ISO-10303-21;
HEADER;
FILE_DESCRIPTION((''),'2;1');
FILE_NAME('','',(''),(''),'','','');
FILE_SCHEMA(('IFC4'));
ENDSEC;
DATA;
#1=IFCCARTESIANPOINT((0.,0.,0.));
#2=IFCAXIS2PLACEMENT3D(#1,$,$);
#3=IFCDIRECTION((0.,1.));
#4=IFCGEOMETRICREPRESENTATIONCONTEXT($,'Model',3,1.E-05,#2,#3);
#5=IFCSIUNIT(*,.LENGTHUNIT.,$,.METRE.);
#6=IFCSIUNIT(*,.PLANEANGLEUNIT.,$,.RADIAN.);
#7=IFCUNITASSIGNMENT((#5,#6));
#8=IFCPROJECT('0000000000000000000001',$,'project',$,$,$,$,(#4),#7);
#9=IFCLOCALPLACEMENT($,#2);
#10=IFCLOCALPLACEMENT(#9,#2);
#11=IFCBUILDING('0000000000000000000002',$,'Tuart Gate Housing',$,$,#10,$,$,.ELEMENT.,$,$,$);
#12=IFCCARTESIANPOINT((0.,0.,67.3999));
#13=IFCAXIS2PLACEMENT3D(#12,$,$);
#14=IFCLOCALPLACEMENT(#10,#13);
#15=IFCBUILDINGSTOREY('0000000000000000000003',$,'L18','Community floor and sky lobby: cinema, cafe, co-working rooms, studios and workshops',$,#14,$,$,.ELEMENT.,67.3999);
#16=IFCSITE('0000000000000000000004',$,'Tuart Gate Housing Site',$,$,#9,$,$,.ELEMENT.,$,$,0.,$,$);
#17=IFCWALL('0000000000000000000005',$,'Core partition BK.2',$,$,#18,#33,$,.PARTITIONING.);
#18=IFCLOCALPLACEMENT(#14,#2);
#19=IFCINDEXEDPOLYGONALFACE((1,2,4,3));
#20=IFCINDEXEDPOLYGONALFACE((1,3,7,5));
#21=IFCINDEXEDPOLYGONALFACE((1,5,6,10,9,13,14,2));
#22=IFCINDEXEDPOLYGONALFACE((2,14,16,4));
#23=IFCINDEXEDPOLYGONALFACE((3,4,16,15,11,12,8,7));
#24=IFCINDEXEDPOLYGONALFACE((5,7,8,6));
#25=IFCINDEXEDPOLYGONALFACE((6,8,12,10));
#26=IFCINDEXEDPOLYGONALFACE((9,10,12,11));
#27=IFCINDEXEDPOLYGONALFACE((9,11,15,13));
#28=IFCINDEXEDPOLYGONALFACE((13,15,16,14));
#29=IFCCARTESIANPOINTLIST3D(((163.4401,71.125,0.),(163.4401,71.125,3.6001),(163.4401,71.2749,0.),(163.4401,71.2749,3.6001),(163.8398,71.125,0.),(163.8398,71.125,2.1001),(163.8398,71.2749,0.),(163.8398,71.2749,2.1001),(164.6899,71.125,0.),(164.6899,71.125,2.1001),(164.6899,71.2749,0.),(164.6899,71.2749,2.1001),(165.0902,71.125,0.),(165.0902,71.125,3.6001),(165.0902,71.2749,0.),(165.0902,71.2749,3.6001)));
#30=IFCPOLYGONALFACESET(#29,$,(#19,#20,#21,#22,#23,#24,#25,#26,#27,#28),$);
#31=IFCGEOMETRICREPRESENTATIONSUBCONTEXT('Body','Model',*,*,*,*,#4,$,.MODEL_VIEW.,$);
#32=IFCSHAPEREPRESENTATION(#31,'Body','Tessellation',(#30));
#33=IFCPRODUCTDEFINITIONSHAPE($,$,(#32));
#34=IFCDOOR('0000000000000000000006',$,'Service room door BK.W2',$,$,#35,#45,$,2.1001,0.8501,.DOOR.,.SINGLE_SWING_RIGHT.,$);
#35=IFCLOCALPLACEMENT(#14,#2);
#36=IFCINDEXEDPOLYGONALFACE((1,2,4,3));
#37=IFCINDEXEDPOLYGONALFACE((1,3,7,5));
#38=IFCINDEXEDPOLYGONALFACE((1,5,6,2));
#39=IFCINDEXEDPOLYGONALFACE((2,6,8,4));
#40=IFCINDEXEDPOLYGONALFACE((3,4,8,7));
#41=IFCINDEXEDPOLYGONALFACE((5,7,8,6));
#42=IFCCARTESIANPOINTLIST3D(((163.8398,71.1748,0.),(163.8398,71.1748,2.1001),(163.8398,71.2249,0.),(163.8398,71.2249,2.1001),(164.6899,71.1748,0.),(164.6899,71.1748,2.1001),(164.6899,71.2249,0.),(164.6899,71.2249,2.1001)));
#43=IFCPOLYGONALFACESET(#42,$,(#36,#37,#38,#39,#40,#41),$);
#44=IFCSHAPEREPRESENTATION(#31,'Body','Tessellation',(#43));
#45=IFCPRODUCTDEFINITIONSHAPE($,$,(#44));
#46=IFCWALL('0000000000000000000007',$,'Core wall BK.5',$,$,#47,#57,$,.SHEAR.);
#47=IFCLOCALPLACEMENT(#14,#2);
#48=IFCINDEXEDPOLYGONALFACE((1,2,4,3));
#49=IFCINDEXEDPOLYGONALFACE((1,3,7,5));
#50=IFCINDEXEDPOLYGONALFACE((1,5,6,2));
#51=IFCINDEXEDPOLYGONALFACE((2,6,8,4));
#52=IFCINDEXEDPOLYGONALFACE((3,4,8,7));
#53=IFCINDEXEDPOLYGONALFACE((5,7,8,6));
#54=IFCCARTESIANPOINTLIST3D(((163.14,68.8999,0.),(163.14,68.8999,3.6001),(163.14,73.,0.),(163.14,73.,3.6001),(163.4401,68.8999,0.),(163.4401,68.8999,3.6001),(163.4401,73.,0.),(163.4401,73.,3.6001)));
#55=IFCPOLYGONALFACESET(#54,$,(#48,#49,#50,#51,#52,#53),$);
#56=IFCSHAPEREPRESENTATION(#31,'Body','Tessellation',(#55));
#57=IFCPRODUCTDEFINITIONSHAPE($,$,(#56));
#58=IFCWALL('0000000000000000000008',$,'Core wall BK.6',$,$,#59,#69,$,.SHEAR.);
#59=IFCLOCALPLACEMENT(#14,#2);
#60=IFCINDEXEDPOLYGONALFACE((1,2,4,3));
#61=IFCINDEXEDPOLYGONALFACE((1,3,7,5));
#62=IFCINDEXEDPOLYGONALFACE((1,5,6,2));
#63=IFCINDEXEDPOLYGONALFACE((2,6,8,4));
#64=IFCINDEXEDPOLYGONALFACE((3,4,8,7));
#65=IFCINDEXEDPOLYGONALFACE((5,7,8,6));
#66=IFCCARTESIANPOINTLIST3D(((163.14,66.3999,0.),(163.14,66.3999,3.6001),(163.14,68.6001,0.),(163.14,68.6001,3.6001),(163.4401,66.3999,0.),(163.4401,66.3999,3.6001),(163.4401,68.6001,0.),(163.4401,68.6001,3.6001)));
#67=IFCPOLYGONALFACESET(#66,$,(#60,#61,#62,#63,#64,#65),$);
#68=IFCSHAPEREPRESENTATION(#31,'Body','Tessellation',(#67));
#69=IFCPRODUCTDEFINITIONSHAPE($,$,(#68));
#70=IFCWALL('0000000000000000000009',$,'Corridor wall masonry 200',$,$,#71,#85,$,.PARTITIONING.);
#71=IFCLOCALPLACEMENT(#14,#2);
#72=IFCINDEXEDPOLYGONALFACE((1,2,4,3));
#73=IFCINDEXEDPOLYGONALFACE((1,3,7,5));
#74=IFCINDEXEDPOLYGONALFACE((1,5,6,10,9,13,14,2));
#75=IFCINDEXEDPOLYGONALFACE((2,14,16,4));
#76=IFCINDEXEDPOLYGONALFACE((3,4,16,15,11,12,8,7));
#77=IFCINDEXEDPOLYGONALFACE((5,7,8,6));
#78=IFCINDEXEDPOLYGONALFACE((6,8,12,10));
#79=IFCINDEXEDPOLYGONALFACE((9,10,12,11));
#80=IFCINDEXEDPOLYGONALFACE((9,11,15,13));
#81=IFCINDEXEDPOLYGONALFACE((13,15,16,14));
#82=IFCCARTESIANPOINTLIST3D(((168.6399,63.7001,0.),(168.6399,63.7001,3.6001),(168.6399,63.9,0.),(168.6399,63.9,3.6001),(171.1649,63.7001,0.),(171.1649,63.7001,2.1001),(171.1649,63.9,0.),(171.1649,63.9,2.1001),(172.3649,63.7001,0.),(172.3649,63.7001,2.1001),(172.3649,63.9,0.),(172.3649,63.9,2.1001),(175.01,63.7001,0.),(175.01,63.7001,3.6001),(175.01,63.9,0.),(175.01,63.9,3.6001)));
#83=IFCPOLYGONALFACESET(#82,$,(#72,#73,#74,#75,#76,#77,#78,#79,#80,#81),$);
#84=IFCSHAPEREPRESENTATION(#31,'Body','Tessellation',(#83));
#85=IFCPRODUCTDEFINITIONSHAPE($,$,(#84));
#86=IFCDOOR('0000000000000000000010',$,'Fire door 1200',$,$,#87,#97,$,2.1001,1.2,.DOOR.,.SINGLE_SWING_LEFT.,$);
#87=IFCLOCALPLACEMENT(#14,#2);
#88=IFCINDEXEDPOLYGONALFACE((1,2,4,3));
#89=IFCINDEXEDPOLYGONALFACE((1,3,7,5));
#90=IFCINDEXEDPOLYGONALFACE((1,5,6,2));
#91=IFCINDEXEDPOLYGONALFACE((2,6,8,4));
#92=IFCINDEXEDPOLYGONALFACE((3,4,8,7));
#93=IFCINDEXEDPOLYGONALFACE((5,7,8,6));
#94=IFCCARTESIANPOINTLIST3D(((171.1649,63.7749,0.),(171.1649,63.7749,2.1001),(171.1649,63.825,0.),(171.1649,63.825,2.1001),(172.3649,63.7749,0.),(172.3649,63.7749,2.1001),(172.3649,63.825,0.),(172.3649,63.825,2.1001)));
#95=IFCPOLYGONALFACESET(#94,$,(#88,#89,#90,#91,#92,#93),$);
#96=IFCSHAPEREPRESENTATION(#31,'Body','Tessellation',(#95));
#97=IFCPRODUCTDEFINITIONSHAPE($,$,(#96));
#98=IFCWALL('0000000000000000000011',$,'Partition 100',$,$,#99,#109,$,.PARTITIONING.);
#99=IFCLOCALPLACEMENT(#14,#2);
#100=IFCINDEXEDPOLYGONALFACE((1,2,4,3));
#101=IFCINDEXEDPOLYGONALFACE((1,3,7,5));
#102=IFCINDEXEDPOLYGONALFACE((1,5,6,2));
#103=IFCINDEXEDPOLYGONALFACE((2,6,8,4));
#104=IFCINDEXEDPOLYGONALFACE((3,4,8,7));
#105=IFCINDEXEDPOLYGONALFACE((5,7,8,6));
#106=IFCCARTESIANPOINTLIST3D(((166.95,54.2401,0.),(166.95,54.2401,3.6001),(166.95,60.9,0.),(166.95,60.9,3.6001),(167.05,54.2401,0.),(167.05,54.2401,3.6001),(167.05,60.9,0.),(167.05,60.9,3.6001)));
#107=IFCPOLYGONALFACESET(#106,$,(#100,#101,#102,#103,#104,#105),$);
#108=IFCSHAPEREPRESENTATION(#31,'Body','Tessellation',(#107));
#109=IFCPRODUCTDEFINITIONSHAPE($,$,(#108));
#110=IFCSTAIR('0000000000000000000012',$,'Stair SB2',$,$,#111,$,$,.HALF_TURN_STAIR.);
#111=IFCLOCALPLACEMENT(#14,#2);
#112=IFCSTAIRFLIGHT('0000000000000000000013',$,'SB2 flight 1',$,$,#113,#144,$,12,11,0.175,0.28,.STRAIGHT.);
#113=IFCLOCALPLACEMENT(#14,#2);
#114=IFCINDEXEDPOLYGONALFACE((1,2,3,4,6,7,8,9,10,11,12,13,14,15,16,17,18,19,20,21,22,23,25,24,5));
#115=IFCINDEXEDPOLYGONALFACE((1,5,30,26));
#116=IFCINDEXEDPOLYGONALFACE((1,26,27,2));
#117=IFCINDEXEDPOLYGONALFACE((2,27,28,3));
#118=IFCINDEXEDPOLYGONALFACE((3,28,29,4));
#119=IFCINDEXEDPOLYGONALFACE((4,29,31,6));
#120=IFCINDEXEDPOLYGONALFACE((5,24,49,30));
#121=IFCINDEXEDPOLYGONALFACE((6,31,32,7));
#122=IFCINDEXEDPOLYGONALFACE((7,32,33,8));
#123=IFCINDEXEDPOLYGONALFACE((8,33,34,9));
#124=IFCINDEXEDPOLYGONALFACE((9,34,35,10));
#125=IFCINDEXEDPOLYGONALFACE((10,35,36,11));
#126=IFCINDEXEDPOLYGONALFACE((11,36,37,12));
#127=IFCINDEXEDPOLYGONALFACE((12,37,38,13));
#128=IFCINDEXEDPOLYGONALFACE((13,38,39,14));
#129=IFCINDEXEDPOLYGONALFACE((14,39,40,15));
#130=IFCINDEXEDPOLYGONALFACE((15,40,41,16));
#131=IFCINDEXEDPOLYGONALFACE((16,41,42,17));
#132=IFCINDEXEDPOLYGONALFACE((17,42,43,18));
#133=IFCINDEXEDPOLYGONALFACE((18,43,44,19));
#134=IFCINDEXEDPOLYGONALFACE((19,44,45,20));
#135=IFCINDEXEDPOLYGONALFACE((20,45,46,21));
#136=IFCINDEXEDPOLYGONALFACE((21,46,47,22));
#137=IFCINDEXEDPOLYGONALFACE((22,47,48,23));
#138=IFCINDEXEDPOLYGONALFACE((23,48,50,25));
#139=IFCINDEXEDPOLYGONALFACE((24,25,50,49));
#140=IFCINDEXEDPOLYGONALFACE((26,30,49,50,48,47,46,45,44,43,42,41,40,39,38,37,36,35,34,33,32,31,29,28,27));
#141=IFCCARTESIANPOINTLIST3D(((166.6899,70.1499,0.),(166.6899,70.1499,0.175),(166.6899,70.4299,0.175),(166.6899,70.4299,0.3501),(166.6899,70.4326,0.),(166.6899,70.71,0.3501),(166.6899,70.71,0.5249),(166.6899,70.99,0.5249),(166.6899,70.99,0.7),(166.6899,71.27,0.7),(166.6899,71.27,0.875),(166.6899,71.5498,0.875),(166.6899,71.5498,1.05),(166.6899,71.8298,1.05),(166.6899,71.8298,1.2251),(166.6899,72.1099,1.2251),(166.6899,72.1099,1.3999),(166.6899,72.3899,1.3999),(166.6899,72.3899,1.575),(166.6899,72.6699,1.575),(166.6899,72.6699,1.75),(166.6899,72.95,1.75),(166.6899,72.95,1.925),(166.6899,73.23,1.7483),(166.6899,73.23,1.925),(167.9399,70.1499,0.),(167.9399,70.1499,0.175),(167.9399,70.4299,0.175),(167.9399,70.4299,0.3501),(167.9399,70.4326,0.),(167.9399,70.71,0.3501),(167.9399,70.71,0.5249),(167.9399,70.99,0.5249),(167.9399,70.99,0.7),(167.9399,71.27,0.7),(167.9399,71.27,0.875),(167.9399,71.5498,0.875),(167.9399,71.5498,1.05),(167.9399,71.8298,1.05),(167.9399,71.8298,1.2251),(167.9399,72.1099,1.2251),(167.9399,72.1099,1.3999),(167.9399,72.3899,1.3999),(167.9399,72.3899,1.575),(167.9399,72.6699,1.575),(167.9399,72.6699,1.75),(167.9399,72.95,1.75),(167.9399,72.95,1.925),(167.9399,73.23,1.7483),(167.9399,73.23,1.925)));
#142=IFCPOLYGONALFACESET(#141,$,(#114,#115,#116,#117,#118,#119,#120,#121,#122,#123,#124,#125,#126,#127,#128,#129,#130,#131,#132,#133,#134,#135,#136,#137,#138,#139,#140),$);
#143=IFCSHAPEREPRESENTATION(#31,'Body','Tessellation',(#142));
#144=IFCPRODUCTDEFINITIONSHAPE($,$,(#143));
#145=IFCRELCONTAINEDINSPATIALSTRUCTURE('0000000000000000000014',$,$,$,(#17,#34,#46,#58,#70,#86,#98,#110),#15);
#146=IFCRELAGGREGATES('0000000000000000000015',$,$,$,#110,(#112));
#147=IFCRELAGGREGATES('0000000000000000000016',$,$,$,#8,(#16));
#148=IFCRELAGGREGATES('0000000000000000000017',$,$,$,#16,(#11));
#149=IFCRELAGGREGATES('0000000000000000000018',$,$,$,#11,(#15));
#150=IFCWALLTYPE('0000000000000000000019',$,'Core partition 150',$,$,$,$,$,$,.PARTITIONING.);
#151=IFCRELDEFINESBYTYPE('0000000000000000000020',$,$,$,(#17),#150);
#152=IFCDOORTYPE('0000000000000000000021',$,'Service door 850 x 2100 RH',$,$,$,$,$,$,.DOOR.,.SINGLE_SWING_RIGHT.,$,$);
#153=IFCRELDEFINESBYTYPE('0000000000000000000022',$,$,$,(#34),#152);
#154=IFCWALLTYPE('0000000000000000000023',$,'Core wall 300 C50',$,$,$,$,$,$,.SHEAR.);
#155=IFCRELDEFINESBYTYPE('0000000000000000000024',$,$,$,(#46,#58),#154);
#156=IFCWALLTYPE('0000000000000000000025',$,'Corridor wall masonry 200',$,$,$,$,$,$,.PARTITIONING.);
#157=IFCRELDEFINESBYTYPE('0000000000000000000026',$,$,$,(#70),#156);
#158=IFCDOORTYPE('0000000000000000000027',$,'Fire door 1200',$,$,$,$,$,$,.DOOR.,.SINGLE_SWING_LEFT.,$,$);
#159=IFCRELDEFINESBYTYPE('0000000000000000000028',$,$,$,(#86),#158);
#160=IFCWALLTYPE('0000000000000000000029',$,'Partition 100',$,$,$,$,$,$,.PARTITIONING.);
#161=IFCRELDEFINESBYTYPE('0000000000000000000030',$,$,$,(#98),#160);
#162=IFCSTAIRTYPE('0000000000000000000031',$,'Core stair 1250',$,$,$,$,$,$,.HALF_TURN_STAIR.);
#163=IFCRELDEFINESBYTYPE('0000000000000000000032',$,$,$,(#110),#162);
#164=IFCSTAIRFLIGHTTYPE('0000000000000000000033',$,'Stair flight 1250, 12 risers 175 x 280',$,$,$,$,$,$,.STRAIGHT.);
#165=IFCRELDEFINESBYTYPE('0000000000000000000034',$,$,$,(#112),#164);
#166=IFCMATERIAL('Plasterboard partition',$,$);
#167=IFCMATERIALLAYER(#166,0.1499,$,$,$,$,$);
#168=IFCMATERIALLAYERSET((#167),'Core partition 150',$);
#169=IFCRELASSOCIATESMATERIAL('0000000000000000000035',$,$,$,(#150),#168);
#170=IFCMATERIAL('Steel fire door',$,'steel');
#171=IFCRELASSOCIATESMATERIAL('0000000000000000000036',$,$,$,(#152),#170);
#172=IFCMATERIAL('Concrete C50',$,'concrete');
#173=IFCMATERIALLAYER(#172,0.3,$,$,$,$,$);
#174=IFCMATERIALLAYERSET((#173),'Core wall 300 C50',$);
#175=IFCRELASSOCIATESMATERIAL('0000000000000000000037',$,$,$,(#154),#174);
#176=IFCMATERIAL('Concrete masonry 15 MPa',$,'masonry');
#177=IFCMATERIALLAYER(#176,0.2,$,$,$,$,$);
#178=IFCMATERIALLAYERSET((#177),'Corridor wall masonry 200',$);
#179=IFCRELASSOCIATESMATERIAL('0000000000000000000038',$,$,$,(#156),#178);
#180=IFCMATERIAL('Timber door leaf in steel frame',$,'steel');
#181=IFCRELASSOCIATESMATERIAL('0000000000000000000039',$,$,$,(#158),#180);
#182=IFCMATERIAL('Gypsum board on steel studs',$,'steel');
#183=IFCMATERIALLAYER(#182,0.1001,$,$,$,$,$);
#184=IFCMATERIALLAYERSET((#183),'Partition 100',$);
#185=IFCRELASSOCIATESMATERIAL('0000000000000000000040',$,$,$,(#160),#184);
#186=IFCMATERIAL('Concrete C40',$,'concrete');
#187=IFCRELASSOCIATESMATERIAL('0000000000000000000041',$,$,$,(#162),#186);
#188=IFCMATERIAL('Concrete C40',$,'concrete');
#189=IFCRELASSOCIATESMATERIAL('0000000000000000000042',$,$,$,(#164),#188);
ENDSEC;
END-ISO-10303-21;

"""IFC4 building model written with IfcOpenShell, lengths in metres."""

from ifc_helpers import new_model, si_unit, direction, frame, frame_2d, origin, place, context, subcontext, project, spatial, polyline, rectangle, outline, extrude, material, layer, layer_set, type_object, element, fill, aggregate, save


model = new_model("IFC4")

# Units and contexts
model_context = context("Model", 3, precision=1e-05, world=origin(), true_north=direction((0.0, 1.0)))
body_context = subcontext(model_context, "Body", "Model", "MODEL_VIEW")
ifc_project = project(units=[si_unit("LENGTHUNIT", "METRE"), si_unit("PLANEANGLEUNIT", "RADIAN")], contexts=[model_context])

# Site, building, storey
site_placement = place(None, origin())
site = spatial("IfcSite", under=ifc_project, at=site_placement, Name="Tuart Gate Housing Site", CompositionType="ELEMENT", RefElevation=0.0)
building_placement = place(site_placement, origin())
building = spatial("IfcBuilding", under=site, at=building_placement, Name="Tuart Gate Housing", CompositionType="ELEMENT")
storey_placement = place(building_placement, frame((0.0, 0.0, 67.3999)))
storey = spatial("IfcBuildingStorey", under=building, at=storey_placement, Name="L18", Description="Community floor and sky lobby: cinema, cafe, co-working rooms, studios and workshops", CompositionType="ELEMENT", Elevation=67.3999)

# Wall, opening, door
ifc_material_1 = material(Name="Plasterboard partition")
ifc_layer_1 = layer(ifc_material_1, 0.1499)
ifc_layer_set_1 = layer_set([ifc_layer_1], Name="Core partition 150")
wall_type_1 = type_object("IfcWallType", Name="Core partition 150", PredefinedType="PARTITIONING", material=ifc_layer_set_1)
wall_1_placement = place(storey_placement, frame((163.4399, 71.2, 0.0), z_axis=(0.0, 0.0, 1.0), x_axis=(1.0, 0.0, 0.0)))
wall_1 = element("IfcWall", 1, at=wall_1_placement, inside=storey, type_object=wall_type_1, Name="Core partition BK.2", PredefinedType="PARTITIONING", context=body_context, shape_type="SweptSolid", body=[
    extrude(rectangle(XDim=1.6501, YDim=0.1499, at=frame_2d((0.8252, 0.0))), origin(), (0.0, 0.0, 1.0), 3.6001),
])
opening_1_placement = place(wall_1_placement, frame((0.3999, 0.0, 0.0)))
opening_1 = element("IfcOpeningElement", 2, at=opening_1_placement, cuts=wall_1, PredefinedType="OPENING", context=body_context, shape_type="SweptSolid", body=[
    extrude(rectangle(XDim=0.8501, YDim=2.1001, at=frame_2d((0.425, 1.05))), frame((0.0, 0.085, 0.0), z_axis=(0.0, -1.0, 0.0), x_axis=(1.0, 0.0, 0.0)), (0.0, 0.0, 1.0), 0.1699),
])
ifc_material_2 = material(Name="Steel fire door", Category="steel")
door_type_1 = type_object("IfcDoorType", Name="Service door 850 x 2100 RH", OperationType="SINGLE_SWING_RIGHT", PredefinedType="DOOR", material=ifc_material_2)
door_1_placement = place(opening_1_placement, frame((0.8501, 0.0, 0.0), z_axis=(0.0, 0.0, 1.0), x_axis=(-1.0, 0.0, 0.0)))
door_1 = element("IfcDoor", 3, at=door_1_placement, inside=storey, type_object=door_type_1, Name="Service room door BK.W2", OperationType="SINGLE_SWING_RIGHT", OverallHeight=2.1001, OverallWidth=0.8501, PredefinedType="DOOR", context=body_context, shape_type="SweptSolid", body=[
    extrude(rectangle(XDim=0.8501, YDim=2.1001, at=frame_2d((0.425, 1.05))), frame((0.0, 0.0251, 0.0), z_axis=(0.0, -1.0, 0.0), x_axis=(1.0, 0.0, 0.0)), (0.0, 0.0, 1.0), 0.05),
])
fill(opening_1, door_1)

# Walls
ifc_material_3 = material(Name="Concrete C50", Category="concrete")
ifc_layer_2 = layer(ifc_material_3, 0.3)
ifc_layer_set_2 = layer_set([ifc_layer_2], Name="Core wall 300 C50")
wall_type_2 = type_object("IfcWallType", Name="Core wall 300 C50", PredefinedType="SHEAR", material=ifc_layer_set_2)
wall_2_placement = place(storey_placement, frame((163.29, 73.0, 0.0), z_axis=(0.0, 0.0, 1.0), x_axis=(0.0, -1.0, 0.0)))
element("IfcWall", 4, at=wall_2_placement, inside=storey, type_object=wall_type_2, Name="Core wall BK.5", PredefinedType="SHEAR", context=body_context, shape_type="SweptSolid", body=[
    extrude(rectangle(XDim=4.1001, YDim=0.3, at=frame_2d((2.05, 0.0))), origin(), (0.0, 0.0, 1.0), 3.6001),
])
wall_3_placement = place(storey_placement, frame((163.29, 68.6001, 0.0), z_axis=(0.0, 0.0, 1.0), x_axis=(0.0, -1.0, 0.0)))
element("IfcWall", 5, at=wall_3_placement, inside=storey, type_object=wall_type_2, Name="Core wall BK.6", PredefinedType="SHEAR", context=body_context, shape_type="SweptSolid", body=[
    extrude(rectangle(XDim=2.2002, YDim=0.3, at=frame_2d((1.1001, 0.0))), origin(), (0.0, 0.0, 1.0), 3.6001),
])

# Wall, opening, door
ifc_material_4 = material(Name="Concrete masonry 15 MPa", Category="masonry")
ifc_layer_3 = layer(ifc_material_4, 0.2)
ifc_layer_set_3 = layer_set([ifc_layer_3], Name="Corridor wall masonry 200")
wall_type_3 = type_object("IfcWallType", Name="Corridor wall masonry 200", PredefinedType="PARTITIONING", material=ifc_layer_set_3)
wall_4_placement = place(storey_placement, frame((168.6399, 63.8, 0.0), z_axis=(0.0, 0.0, 1.0), x_axis=(1.0, 0.0, 0.0)))
wall_4 = element("IfcWall", 6, at=wall_4_placement, inside=storey, type_object=wall_type_3, Name="Corridor wall masonry 200", PredefinedType="PARTITIONING", context=body_context, shape_type="SweptSolid", body=[
    extrude(rectangle(XDim=6.3701, YDim=0.2, at=frame_2d((3.1851, 0.0))), origin(), (0.0, 0.0, 1.0), 3.6001),
])
opening_2_placement = place(wall_4_placement, frame((2.5249, 0.0, 0.0)))
opening_2 = element("IfcOpeningElement", 7, at=opening_2_placement, cuts=wall_4, PredefinedType="OPENING", context=body_context, shape_type="SweptSolid", body=[
    extrude(rectangle(XDim=1.2, YDim=2.1001, at=frame_2d((0.6001, 1.05))), frame((0.0, 0.1099, 0.0), z_axis=(0.0, -1.0, 0.0), x_axis=(1.0, 0.0, 0.0)), (0.0, 0.0, 1.0), 0.22),
])
ifc_material_5 = material(Name="Timber door leaf in steel frame", Category="steel")
door_type_2 = type_object("IfcDoorType", Name="Fire door 1200", OperationType="SINGLE_SWING_LEFT", PredefinedType="DOOR", material=ifc_material_5)
door_2_placement = place(opening_2_placement, origin())
door_2 = element("IfcDoor", 8, at=door_2_placement, inside=storey, type_object=door_type_2, Name="Fire door 1200", OperationType="SINGLE_SWING_LEFT", OverallHeight=2.1001, OverallWidth=1.2, PredefinedType="DOOR", context=body_context, shape_type="SweptSolid", body=[
    extrude(rectangle(XDim=1.2, YDim=2.1001, at=frame_2d((0.6001, 1.05))), frame((0.0, 0.0249, 0.0), z_axis=(0.0, -1.0, 0.0), x_axis=(1.0, 0.0, 0.0)), (0.0, 0.0, 1.0), 0.05),
])
fill(opening_2, door_2)

# Wall
ifc_material_6 = material(Name="Gypsum board on steel studs", Category="steel")
ifc_layer_4 = layer(ifc_material_6, 0.1001)
ifc_layer_set_4 = layer_set([ifc_layer_4], Name="Partition 100")
wall_type_4 = type_object("IfcWallType", Name="Partition 100", PredefinedType="PARTITIONING", material=ifc_layer_set_4)
wall_5_placement = place(storey_placement, frame((167.0, 54.24, 0.0), z_axis=(0.0, 0.0, 1.0), x_axis=(0.0, 1.0, 0.0)))
element("IfcWall", 9, at=wall_5_placement, inside=storey, type_object=wall_type_4, Name="Partition 100", PredefinedType="PARTITIONING", context=body_context, shape_type="SweptSolid", body=[
    extrude(rectangle(XDim=6.6599, YDim=0.1001, at=frame_2d((3.3301, 0.0))), origin(), (0.0, 0.0, 1.0), 3.6001),
])

# Stair, stair flight
ifc_material_7 = material(Name="Concrete C40", Category="concrete")
stair_type = type_object("IfcStairType", Name="Core stair 1250", PredefinedType="HALF_TURN_STAIR", material=ifc_material_7)
stair_placement = place(storey_placement, origin())
stair = element("IfcStair", 10, at=stair_placement, inside=storey, type_object=stair_type, Name="Stair SB2", PredefinedType="HALF_TURN_STAIR")
ifc_material_8 = material(Name="Concrete C40", Category="concrete")
stair_flight_type = type_object("IfcStairFlightType", Name="Stair flight 1250, 12 risers 175 x 280", PredefinedType="STRAIGHT", material=ifc_material_8)
stair_flight_placement = place(storey_placement, frame((167.3149, 70.1499, 0.0), z_axis=(0.0, 0.0, 1.0), x_axis=(0.0, 1.0, 0.0)))
stair_flight = element("IfcStairFlight", 11, at=stair_flight_placement, type_object=stair_flight_type, Name="SB2 flight 1", NumberOfRisers=12, NumberOfTreads=11, PredefinedType="STRAIGHT", RiserHeight=0.175, TreadLength=0.28, context=body_context, shape_type="SweptSolid", body=[
    extrude(outline(polyline([(0.0, 0.0), (0.0, 0.175), (0.28, 0.175), (0.28, 0.3501), (0.5601, 0.3501), (0.5601, 0.5249), (0.8401, 0.5249), (0.8401, 0.7), (1.1201, 0.7), (1.1201, 0.875), (1.3999, 0.875), (1.3999, 1.05), (1.6799, 1.05), (1.6799, 1.2251), (1.96, 1.2251), (1.96, 1.3999), (2.24, 1.3999), (2.24, 1.575), (2.52, 1.575), (2.52, 1.75), (2.8, 1.75), (2.8, 1.925), (3.0801, 1.925), (3.0801, 2.1001), (3.0801, 1.7483), (0.2827, 0.0), (0.0, 0.0)])), frame((0.0, 0.625, 0.0), z_axis=(0.0, -1.0, 0.0), x_axis=(1.0, 0.0, 0.0)), (0.0, 0.0, 1.0), 1.25),
])
aggregate(stair, [stair_flight])

save(model, "model.ifc")
